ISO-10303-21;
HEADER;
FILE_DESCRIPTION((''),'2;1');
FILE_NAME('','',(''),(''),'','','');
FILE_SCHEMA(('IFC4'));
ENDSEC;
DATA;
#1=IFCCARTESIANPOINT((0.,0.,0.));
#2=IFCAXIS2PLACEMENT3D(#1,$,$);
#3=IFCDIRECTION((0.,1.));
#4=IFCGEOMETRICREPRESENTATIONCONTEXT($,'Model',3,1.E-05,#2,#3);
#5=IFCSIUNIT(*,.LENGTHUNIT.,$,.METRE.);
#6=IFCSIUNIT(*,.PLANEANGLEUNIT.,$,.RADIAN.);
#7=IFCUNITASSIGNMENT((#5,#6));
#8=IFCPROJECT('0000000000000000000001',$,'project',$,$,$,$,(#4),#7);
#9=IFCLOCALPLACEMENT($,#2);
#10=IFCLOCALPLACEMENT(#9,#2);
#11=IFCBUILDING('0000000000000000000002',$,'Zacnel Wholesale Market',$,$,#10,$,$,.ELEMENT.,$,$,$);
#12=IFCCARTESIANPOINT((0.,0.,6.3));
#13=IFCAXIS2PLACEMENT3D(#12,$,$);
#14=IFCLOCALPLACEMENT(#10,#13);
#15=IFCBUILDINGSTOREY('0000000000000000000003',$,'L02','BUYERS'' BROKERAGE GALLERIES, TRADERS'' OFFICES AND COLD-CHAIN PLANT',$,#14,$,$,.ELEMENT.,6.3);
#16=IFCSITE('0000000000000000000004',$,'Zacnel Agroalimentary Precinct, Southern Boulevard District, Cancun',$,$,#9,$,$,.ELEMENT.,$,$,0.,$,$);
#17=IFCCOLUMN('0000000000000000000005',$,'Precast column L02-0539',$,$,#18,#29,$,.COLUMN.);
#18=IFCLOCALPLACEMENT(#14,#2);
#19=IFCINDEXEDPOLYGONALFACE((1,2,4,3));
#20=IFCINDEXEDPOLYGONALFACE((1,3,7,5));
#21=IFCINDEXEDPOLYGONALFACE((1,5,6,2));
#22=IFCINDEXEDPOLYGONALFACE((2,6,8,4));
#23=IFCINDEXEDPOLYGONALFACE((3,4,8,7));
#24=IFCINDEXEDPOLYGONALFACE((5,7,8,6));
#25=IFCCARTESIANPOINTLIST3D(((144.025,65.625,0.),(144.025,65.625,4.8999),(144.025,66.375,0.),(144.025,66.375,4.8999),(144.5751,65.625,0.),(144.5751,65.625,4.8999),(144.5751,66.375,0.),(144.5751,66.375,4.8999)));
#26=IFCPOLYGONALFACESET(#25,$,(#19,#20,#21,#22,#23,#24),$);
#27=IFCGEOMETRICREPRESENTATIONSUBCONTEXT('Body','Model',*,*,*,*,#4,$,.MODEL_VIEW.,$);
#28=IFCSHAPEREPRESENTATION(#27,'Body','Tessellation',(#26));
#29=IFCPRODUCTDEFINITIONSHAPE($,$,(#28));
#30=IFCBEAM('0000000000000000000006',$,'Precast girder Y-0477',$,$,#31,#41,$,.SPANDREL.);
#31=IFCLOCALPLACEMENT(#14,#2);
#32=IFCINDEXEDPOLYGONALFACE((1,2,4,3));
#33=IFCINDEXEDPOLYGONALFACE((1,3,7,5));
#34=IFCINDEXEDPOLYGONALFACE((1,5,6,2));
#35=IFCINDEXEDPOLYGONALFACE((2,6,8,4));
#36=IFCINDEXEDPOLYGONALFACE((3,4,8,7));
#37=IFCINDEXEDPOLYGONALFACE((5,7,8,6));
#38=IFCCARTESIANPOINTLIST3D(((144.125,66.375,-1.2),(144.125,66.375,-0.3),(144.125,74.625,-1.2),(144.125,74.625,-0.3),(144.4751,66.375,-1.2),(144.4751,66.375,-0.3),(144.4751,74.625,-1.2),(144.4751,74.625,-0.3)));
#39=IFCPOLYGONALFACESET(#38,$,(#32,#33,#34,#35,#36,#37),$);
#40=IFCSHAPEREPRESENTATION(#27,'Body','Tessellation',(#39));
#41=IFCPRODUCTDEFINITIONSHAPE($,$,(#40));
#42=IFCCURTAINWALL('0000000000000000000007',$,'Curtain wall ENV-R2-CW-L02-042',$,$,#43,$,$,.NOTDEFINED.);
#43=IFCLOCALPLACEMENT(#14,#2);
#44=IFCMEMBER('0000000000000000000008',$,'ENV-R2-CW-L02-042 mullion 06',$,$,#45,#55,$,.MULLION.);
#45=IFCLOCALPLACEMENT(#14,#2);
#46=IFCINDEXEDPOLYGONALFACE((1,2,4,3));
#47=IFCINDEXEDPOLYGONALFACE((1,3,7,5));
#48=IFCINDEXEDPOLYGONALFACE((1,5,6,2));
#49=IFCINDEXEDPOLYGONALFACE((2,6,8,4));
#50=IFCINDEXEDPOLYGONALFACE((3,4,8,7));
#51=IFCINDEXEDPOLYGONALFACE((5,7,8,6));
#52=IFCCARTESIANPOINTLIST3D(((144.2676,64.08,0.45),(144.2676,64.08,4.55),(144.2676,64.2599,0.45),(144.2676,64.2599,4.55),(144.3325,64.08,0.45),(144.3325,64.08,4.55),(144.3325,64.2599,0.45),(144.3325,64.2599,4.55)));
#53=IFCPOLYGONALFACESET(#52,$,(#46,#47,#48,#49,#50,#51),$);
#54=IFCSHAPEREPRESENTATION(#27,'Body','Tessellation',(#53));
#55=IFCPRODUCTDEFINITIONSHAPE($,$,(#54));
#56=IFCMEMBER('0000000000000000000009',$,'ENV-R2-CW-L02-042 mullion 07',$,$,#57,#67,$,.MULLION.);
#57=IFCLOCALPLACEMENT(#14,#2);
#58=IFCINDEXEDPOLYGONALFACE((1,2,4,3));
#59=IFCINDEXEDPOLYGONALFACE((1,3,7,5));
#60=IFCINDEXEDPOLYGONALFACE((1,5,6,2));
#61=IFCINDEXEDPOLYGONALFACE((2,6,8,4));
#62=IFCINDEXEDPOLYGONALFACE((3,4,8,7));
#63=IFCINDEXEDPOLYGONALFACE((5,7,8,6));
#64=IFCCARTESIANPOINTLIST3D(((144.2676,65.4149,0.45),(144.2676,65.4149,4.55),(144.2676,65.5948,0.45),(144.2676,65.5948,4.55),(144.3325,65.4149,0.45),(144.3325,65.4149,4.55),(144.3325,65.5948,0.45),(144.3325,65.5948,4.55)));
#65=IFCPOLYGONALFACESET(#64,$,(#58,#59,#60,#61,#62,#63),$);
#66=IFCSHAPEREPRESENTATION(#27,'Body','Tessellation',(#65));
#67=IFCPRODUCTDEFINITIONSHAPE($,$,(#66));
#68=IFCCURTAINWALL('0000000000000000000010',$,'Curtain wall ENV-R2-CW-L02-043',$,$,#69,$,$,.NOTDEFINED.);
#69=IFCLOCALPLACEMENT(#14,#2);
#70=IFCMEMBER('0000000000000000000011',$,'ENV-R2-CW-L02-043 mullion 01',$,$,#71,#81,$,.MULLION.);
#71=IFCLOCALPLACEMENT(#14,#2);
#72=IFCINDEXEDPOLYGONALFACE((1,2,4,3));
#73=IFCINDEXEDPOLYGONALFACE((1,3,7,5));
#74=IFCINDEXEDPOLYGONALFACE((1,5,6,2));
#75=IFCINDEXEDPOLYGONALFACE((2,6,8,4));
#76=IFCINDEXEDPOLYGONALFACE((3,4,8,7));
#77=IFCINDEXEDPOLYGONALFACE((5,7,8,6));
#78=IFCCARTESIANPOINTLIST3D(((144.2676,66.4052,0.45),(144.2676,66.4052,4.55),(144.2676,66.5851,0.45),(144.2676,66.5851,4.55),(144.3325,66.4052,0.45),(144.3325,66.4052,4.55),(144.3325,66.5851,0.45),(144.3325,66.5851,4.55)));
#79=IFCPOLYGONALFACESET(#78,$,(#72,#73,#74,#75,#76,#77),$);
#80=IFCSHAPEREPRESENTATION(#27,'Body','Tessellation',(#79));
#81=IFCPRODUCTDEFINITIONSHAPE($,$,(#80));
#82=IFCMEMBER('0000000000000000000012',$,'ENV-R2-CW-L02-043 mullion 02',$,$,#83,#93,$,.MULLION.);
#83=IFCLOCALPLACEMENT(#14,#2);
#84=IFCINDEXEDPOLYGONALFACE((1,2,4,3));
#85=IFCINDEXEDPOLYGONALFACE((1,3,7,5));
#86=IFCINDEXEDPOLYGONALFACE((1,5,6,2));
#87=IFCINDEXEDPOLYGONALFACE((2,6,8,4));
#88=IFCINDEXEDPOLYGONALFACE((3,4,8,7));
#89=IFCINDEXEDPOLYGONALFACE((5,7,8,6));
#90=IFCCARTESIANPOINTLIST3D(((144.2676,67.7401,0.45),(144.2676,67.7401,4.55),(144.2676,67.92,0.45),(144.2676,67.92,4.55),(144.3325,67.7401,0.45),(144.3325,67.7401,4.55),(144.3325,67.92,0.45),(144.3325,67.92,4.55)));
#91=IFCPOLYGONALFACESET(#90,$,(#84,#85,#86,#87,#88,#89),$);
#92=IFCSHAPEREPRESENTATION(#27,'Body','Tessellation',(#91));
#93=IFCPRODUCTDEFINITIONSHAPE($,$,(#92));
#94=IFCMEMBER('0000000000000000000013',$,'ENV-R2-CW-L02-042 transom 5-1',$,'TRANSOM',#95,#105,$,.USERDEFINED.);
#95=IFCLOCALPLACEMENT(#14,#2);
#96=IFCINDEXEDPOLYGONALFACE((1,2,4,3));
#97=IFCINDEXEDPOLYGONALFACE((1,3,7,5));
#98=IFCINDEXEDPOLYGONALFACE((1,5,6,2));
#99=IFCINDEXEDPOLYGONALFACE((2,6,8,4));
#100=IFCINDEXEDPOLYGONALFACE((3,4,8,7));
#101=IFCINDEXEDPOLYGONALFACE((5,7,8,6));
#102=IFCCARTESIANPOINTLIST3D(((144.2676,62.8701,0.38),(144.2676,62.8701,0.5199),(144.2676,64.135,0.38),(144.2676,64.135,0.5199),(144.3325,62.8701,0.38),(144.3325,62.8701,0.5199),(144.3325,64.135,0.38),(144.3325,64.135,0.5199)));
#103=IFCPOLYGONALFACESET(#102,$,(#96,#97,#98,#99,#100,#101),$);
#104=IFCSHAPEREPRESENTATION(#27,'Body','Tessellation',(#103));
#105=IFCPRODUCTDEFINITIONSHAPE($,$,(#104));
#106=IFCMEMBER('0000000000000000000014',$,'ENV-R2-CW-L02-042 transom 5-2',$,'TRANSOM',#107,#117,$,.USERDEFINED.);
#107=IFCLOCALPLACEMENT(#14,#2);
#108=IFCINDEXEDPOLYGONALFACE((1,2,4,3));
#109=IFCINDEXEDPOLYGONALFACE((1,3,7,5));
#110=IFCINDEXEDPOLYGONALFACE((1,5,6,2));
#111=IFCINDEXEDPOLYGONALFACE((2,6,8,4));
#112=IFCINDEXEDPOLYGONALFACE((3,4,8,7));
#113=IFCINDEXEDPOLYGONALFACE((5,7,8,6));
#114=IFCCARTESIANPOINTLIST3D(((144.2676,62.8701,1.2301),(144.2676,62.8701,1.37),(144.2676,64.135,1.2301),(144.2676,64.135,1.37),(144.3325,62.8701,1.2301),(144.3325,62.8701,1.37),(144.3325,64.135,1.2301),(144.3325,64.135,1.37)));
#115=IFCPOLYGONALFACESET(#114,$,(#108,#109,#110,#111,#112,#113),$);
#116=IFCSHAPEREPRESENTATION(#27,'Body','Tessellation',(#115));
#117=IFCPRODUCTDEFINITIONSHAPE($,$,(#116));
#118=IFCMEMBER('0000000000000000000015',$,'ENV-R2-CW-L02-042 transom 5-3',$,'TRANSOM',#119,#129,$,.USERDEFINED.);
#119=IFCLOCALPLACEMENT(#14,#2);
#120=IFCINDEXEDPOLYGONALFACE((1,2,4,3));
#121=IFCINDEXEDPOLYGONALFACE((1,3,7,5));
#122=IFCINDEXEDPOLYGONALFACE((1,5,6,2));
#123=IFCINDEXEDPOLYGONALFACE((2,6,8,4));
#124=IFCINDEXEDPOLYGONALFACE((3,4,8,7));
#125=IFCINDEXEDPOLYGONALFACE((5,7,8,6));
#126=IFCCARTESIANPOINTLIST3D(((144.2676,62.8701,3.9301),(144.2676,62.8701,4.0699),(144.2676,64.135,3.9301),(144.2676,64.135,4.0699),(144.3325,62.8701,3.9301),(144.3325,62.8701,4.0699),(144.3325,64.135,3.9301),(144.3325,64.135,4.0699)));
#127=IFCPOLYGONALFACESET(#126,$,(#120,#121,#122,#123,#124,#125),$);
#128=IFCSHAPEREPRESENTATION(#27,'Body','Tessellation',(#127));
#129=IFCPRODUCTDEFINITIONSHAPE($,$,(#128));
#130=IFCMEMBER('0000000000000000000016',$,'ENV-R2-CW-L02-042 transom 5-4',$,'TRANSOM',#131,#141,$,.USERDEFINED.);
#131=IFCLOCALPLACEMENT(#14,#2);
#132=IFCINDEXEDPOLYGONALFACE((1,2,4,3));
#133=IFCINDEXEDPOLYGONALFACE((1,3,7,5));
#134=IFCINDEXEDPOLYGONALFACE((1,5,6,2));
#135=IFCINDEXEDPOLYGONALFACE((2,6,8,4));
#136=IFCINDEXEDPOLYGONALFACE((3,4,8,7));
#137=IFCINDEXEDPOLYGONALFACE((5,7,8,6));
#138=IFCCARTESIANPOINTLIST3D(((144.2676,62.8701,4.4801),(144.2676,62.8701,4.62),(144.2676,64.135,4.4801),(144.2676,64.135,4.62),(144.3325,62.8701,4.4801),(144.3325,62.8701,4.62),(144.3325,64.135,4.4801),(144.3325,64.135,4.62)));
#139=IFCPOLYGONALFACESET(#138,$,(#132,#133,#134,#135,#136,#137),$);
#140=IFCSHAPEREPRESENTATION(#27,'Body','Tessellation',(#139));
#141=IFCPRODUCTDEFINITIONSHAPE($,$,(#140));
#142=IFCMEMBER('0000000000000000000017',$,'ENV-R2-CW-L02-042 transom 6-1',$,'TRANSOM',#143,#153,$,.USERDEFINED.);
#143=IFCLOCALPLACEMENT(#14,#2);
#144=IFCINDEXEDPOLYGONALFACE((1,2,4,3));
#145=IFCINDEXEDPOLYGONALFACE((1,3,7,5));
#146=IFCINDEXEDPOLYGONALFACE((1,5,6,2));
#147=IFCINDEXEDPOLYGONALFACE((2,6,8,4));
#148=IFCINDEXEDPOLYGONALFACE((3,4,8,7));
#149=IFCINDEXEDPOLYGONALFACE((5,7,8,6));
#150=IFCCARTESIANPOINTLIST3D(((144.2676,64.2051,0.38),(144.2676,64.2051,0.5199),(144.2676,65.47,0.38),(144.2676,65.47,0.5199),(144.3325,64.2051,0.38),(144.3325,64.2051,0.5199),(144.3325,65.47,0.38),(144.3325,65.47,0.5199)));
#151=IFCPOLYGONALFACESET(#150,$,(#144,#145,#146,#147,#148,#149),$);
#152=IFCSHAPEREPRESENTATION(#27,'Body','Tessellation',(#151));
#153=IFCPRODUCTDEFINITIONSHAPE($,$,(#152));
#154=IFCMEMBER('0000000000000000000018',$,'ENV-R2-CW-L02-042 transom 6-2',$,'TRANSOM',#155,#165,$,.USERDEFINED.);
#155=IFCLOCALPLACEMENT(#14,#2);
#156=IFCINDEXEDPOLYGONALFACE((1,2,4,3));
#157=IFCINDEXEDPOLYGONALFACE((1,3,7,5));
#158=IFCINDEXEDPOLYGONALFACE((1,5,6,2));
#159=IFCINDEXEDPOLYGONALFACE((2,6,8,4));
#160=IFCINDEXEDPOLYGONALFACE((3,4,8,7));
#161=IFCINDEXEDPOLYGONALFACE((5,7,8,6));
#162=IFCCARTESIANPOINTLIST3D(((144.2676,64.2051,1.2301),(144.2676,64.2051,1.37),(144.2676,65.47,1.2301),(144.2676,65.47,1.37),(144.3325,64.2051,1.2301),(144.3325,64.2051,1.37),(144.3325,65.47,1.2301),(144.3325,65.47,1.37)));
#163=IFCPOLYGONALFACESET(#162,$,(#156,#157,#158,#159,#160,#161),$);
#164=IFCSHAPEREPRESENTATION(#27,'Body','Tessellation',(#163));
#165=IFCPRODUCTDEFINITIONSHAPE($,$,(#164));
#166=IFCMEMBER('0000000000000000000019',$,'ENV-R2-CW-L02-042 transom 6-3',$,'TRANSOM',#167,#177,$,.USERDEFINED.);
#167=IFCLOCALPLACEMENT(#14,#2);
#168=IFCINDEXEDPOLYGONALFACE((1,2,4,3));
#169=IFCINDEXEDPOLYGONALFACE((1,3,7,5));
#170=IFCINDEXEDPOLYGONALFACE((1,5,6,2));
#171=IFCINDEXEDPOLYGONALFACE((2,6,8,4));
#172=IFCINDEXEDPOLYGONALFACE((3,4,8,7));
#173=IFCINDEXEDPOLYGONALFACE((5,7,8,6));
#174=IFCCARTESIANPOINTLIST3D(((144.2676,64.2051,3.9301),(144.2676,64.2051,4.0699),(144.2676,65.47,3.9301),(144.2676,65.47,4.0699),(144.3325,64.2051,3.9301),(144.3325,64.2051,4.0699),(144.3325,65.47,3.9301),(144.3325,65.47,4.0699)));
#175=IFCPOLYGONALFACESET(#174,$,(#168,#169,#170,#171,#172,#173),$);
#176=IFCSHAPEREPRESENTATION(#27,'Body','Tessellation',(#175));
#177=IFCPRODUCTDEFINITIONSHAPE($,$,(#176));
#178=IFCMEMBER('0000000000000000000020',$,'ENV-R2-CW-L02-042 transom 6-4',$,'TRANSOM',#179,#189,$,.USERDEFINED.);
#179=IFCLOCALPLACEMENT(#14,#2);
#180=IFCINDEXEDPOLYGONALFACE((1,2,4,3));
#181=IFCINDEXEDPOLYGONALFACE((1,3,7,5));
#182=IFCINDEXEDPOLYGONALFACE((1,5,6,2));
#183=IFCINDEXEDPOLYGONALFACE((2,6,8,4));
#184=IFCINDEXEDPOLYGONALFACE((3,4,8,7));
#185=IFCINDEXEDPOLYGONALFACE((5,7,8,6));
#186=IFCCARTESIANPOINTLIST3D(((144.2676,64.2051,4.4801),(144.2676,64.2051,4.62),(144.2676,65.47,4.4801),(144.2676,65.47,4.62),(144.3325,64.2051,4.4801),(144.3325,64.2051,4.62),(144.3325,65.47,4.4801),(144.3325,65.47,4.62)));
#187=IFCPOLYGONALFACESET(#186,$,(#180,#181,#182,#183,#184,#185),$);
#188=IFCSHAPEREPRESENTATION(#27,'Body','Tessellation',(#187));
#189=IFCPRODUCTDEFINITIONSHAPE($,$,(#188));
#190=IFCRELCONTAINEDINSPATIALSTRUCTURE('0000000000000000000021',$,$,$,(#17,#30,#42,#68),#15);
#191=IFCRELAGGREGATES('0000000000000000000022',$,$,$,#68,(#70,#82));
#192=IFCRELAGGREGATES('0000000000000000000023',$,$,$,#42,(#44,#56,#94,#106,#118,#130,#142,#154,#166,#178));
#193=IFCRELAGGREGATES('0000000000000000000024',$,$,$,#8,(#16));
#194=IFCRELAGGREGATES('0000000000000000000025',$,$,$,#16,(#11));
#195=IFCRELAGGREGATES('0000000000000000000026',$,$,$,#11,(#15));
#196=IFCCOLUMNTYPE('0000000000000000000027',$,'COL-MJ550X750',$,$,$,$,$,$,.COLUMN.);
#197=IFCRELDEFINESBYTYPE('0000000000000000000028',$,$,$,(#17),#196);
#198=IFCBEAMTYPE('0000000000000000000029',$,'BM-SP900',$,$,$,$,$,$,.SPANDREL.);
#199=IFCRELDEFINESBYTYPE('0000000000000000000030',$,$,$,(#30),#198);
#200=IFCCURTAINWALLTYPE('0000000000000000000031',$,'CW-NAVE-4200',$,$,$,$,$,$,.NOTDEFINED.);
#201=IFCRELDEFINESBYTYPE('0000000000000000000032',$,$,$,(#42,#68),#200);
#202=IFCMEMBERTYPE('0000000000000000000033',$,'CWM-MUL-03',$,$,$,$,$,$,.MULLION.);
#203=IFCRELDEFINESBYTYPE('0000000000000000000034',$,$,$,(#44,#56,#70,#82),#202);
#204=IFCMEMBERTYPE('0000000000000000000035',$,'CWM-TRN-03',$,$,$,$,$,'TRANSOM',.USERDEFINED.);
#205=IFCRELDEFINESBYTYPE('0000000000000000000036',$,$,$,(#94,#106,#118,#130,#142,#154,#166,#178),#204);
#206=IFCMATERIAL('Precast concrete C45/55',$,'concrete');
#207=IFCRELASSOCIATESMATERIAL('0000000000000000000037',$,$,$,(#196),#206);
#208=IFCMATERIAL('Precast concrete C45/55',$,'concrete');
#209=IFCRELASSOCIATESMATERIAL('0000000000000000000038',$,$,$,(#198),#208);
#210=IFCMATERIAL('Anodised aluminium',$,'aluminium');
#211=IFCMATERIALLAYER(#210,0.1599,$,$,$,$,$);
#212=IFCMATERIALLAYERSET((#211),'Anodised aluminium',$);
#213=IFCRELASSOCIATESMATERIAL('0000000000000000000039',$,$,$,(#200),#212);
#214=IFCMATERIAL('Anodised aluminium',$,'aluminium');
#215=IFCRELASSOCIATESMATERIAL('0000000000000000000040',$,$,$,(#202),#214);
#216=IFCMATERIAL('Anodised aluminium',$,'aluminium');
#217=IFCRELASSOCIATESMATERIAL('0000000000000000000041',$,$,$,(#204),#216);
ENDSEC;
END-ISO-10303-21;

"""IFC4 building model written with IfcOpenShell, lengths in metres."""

from ifc_helpers import new_model, si_unit, direction, frame, origin, origin_2d, place, context, subcontext, project, spatial, rectangle, extrude, material, layer, layer_set, material_profile, profile_set, type_object, element, aggregate, save


model = new_model("IFC4")

# Units and contexts
model_context = context("Model", 3, precision=1e-05, world=origin(), true_north=direction((0.0, 1.0)))
body_context = subcontext(model_context, "Body", "Model", "MODEL_VIEW")
ifc_project = project(units=[si_unit("LENGTHUNIT", "METRE"), si_unit("PLANEANGLEUNIT", "RADIAN")], contexts=[model_context])

# Site, building, storey
site_placement = place(None, origin())
site = spatial("IfcSite", under=ifc_project, at=site_placement, Name="Zacnel Agroalimentary Precinct, Southern Boulevard District, Cancun", CompositionType="ELEMENT", RefElevation=0.0)
building_placement = place(site_placement, origin())
building = spatial("IfcBuilding", under=site, at=building_placement, Name="Zacnel Wholesale Market", CompositionType="ELEMENT")
storey_placement = place(building_placement, frame((0.0, 0.0, 6.3)))
storey = spatial("IfcBuildingStorey", under=building, at=storey_placement, Name="L02", Description="BUYERS' BROKERAGE GALLERIES, TRADERS' OFFICES AND COLD-CHAIN PLANT", CompositionType="ELEMENT", Elevation=6.3)

# Column
ifc_material_1 = material(Name="Precast concrete C45/55", Category="concrete")
ifc_material_profile_1 = material_profile(ifc_material_1, rectangle(XDim=0.55, YDim=0.75, at=origin_2d()), Name="PC 550x750")
ifc_profile_set_1 = profile_set([ifc_material_profile_1], Name="Precast concrete C45/55")
column_type = type_object("IfcColumnType", Name="COL-MJ550X750", PredefinedType="COLUMN", material=ifc_profile_set_1)
column_placement = place(storey_placement, frame((144.3, 66.0, 0.0), z_axis=(0.0, 0.0, 1.0), x_axis=(1.0, 0.0, 0.0)))
element("IfcColumn", 1, at=column_placement, inside=storey, type_object=column_type, Name="Precast column L02-0539", PredefinedType="COLUMN", context=body_context, shape_type="SweptSolid", body=[
    extrude(rectangle(XDim=0.55, YDim=0.75, at=origin_2d()), origin(), (0.0, 0.0, 1.0), 4.8999),
])

# Beam
ifc_material_2 = material(Name="Precast concrete C45/55", Category="concrete")
ifc_material_profile_2 = material_profile(ifc_material_2, rectangle(XDim=0.3501, YDim=0.8999, at=origin_2d()), Name="SP 350x900")
ifc_profile_set_2 = profile_set([ifc_material_profile_2], Name="Precast concrete C45/55")
beam_type = type_object("IfcBeamType", Name="BM-SP900", PredefinedType="SPANDREL", material=ifc_profile_set_2)
beam_placement = place(storey_placement, frame((144.3, 66.375, -0.75), z_axis=(0.0, 1.0, 0.0), x_axis=(-1.0, 0.0, 0.0)))
element("IfcBeam", 2, at=beam_placement, inside=storey, type_object=beam_type, Name="Precast girder Y-0477", PredefinedType="SPANDREL", context=body_context, shape_type="SweptSolid", body=[
    extrude(rectangle(XDim=0.3501, YDim=0.8999, at=origin_2d()), origin(), (0.0, 0.0, 1.0), 8.25),
])

# Curtain walls, members
ifc_material_3 = material(Name="Anodised aluminium", Category="aluminium")
ifc_layer_1 = layer(ifc_material_3, 0.1599)
ifc_layer_set_1 = layer_set([ifc_layer_1], Name="Anodised aluminium")
curtain_wall_type = type_object("IfcCurtainWallType", Name="CW-NAVE-4200", PredefinedType="NOTDEFINED", material=ifc_layer_set_1)
curtain_wall_1_placement = place(storey_placement, origin())
curtain_wall_1 = element("IfcCurtainWall", 3, at=curtain_wall_1_placement, inside=storey, type_object=curtain_wall_type, Name="Curtain wall ENV-R2-CW-L02-042", PredefinedType="NOTDEFINED")
ifc_material_4 = material(Name="Anodised aluminium", Category="aluminium")
ifc_material_profile_3 = material_profile(ifc_material_4, rectangle(XDim=0.0649, YDim=0.1799, at=origin_2d()), Name="AW-MULLION 65x180")
ifc_profile_set_3 = profile_set([ifc_material_profile_3], Name="Anodised aluminium")
member_type_1 = type_object("IfcMemberType", Name="CWM-MUL-03", PredefinedType="MULLION", material=ifc_profile_set_3)
member_1_placement = place(storey_placement, frame((144.3, 64.1699, 0.45), z_axis=(0.0, 0.0, 1.0), x_axis=(1.0, 0.0, 0.0)))
member_1 = element("IfcMember", 4, at=member_1_placement, type_object=member_type_1, Name="ENV-R2-CW-L02-042 mullion 06", PredefinedType="MULLION", context=body_context, shape_type="SweptSolid", body=[
    extrude(rectangle(XDim=0.0649, YDim=0.1799, at=origin_2d()), origin(), (0.0, 0.0, 1.0), 4.1001),
])
member_2_placement = place(storey_placement, frame((144.3, 65.5049, 0.45), z_axis=(0.0, 0.0, 1.0), x_axis=(1.0, 0.0, 0.0)))
member_2 = element("IfcMember", 5, at=member_2_placement, type_object=member_type_1, Name="ENV-R2-CW-L02-042 mullion 07", PredefinedType="MULLION", context=body_context, shape_type="SweptSolid", body=[
    extrude(rectangle(XDim=0.0649, YDim=0.1799, at=origin_2d()), origin(), (0.0, 0.0, 1.0), 4.1001),
])
curtain_wall_2_placement = place(storey_placement, origin())
curtain_wall_2 = element("IfcCurtainWall", 6, at=curtain_wall_2_placement, inside=storey, type_object=curtain_wall_type, Name="Curtain wall ENV-R2-CW-L02-043", PredefinedType="NOTDEFINED")
member_3_placement = place(storey_placement, frame((144.3, 66.4951, 0.45), z_axis=(0.0, 0.0, 1.0), x_axis=(1.0, 0.0, 0.0)))
member_3 = element("IfcMember", 7, at=member_3_placement, type_object=member_type_1, Name="ENV-R2-CW-L02-043 mullion 01", PredefinedType="MULLION", context=body_context, shape_type="SweptSolid", body=[
    extrude(rectangle(XDim=0.0649, YDim=0.1799, at=origin_2d()), origin(), (0.0, 0.0, 1.0), 4.1001),
])
member_4_placement = place(storey_placement, frame((144.3, 67.8301, 0.45), z_axis=(0.0, 0.0, 1.0), x_axis=(1.0, 0.0, 0.0)))
member_4 = element("IfcMember", 8, at=member_4_placement, type_object=member_type_1, Name="ENV-R2-CW-L02-043 mullion 02", PredefinedType="MULLION", context=body_context, shape_type="SweptSolid", body=[
    extrude(rectangle(XDim=0.0649, YDim=0.1799, at=origin_2d()), origin(), (0.0, 0.0, 1.0), 4.1001),
])

# Members
ifc_material_5 = material(Name="Anodised aluminium", Category="aluminium")
ifc_material_profile_4 = material_profile(ifc_material_5, rectangle(XDim=0.0649, YDim=0.1399, at=origin_2d()), Name="AW-TRANSOM 65x140")
ifc_profile_set_4 = profile_set([ifc_material_profile_4], Name="Anodised aluminium")
member_type_2 = type_object("IfcMemberType", Name="CWM-TRN-03", ElementType="TRANSOM", PredefinedType="USERDEFINED", material=ifc_profile_set_4)
member_5_placement = place(storey_placement, frame((144.3, 62.8701, 0.45), z_axis=(0.0, 1.0, 0.0), x_axis=(-1.0, 0.0, 0.0)))
member_5 = element("IfcMember", 9, at=member_5_placement, type_object=member_type_2, Name="ENV-R2-CW-L02-042 transom 5-1", ObjectType="TRANSOM", PredefinedType="USERDEFINED", context=body_context, shape_type="SweptSolid", body=[
    extrude(rectangle(XDim=0.0649, YDim=0.1399, at=origin_2d()), origin(), (0.0, 0.0, 1.0), 1.2649),
])
member_6_placement = place(storey_placement, frame((144.3, 62.8701, 1.3), z_axis=(0.0, 1.0, 0.0), x_axis=(-1.0, 0.0, 0.0)))
member_6 = element("IfcMember", 10, at=member_6_placement, type_object=member_type_2, Name="ENV-R2-CW-L02-042 transom 5-2", ObjectType="TRANSOM", PredefinedType="USERDEFINED", context=body_context, shape_type="SweptSolid", body=[
    extrude(rectangle(XDim=0.0649, YDim=0.1399, at=origin_2d()), origin(), (0.0, 0.0, 1.0), 1.2649),
])
member_7_placement = place(storey_placement, frame((144.3, 62.8701, 4.0), z_axis=(0.0, 1.0, 0.0), x_axis=(-1.0, 0.0, 0.0)))
member_7 = element("IfcMember", 11, at=member_7_placement, type_object=member_type_2, Name="ENV-R2-CW-L02-042 transom 5-3", ObjectType="TRANSOM", PredefinedType="USERDEFINED", context=body_context, shape_type="SweptSolid", body=[
    extrude(rectangle(XDim=0.0649, YDim=0.1399, at=origin_2d()), origin(), (0.0, 0.0, 1.0), 1.2649),
])
member_8_placement = place(storey_placement, frame((144.3, 62.8701, 4.55), z_axis=(0.0, 1.0, 0.0), x_axis=(-1.0, 0.0, 0.0)))
member_8 = element("IfcMember", 12, at=member_8_placement, type_object=member_type_2, Name="ENV-R2-CW-L02-042 transom 5-4", ObjectType="TRANSOM", PredefinedType="USERDEFINED", context=body_context, shape_type="SweptSolid", body=[
    extrude(rectangle(XDim=0.0649, YDim=0.1399, at=origin_2d()), origin(), (0.0, 0.0, 1.0), 1.2649),
])
member_9_placement = place(storey_placement, frame((144.3, 64.2051, 0.45), z_axis=(0.0, 1.0, 0.0), x_axis=(-1.0, 0.0, 0.0)))
member_9 = element("IfcMember", 13, at=member_9_placement, type_object=member_type_2, Name="ENV-R2-CW-L02-042 transom 6-1", ObjectType="TRANSOM", PredefinedType="USERDEFINED", context=body_context, shape_type="SweptSolid", body=[
    extrude(rectangle(XDim=0.0649, YDim=0.1399, at=origin_2d()), origin(), (0.0, 0.0, 1.0), 1.2649),
])
member_10_placement = place(storey_placement, frame((144.3, 64.2051, 1.3), z_axis=(0.0, 1.0, 0.0), x_axis=(-1.0, 0.0, 0.0)))
member_10 = element("IfcMember", 14, at=member_10_placement, type_object=member_type_2, Name="ENV-R2-CW-L02-042 transom 6-2", ObjectType="TRANSOM", PredefinedType="USERDEFINED", context=body_context, shape_type="SweptSolid", body=[
    extrude(rectangle(XDim=0.0649, YDim=0.1399, at=origin_2d()), origin(), (0.0, 0.0, 1.0), 1.2649),
])
member_11_placement = place(storey_placement, frame((144.3, 64.2051, 4.0), z_axis=(0.0, 1.0, 0.0), x_axis=(-1.0, 0.0, 0.0)))
member_11 = element("IfcMember", 15, at=member_11_placement, type_object=member_type_2, Name="ENV-R2-CW-L02-042 transom 6-3", ObjectType="TRANSOM", PredefinedType="USERDEFINED", context=body_context, shape_type="SweptSolid", body=[
    extrude(rectangle(XDim=0.0649, YDim=0.1399, at=origin_2d()), origin(), (0.0, 0.0, 1.0), 1.2649),
])
member_12_placement = place(storey_placement, frame((144.3, 64.2051, 4.55), z_axis=(0.0, 1.0, 0.0), x_axis=(-1.0, 0.0, 0.0)))
member_12 = element("IfcMember", 16, at=member_12_placement, type_object=member_type_2, Name="ENV-R2-CW-L02-042 transom 6-4", ObjectType="TRANSOM", PredefinedType="USERDEFINED", context=body_context, shape_type="SweptSolid", body=[
    extrude(rectangle(XDim=0.0649, YDim=0.1399, at=origin_2d()), origin(), (0.0, 0.0, 1.0), 1.2649),
])

aggregate(curtain_wall_2, [member_3, member_4])
aggregate(curtain_wall_1, [member_1, member_2, member_5, member_6, member_7, member_8, member_9, member_10, member_11, member_12])

save(model, "model.ifc")
